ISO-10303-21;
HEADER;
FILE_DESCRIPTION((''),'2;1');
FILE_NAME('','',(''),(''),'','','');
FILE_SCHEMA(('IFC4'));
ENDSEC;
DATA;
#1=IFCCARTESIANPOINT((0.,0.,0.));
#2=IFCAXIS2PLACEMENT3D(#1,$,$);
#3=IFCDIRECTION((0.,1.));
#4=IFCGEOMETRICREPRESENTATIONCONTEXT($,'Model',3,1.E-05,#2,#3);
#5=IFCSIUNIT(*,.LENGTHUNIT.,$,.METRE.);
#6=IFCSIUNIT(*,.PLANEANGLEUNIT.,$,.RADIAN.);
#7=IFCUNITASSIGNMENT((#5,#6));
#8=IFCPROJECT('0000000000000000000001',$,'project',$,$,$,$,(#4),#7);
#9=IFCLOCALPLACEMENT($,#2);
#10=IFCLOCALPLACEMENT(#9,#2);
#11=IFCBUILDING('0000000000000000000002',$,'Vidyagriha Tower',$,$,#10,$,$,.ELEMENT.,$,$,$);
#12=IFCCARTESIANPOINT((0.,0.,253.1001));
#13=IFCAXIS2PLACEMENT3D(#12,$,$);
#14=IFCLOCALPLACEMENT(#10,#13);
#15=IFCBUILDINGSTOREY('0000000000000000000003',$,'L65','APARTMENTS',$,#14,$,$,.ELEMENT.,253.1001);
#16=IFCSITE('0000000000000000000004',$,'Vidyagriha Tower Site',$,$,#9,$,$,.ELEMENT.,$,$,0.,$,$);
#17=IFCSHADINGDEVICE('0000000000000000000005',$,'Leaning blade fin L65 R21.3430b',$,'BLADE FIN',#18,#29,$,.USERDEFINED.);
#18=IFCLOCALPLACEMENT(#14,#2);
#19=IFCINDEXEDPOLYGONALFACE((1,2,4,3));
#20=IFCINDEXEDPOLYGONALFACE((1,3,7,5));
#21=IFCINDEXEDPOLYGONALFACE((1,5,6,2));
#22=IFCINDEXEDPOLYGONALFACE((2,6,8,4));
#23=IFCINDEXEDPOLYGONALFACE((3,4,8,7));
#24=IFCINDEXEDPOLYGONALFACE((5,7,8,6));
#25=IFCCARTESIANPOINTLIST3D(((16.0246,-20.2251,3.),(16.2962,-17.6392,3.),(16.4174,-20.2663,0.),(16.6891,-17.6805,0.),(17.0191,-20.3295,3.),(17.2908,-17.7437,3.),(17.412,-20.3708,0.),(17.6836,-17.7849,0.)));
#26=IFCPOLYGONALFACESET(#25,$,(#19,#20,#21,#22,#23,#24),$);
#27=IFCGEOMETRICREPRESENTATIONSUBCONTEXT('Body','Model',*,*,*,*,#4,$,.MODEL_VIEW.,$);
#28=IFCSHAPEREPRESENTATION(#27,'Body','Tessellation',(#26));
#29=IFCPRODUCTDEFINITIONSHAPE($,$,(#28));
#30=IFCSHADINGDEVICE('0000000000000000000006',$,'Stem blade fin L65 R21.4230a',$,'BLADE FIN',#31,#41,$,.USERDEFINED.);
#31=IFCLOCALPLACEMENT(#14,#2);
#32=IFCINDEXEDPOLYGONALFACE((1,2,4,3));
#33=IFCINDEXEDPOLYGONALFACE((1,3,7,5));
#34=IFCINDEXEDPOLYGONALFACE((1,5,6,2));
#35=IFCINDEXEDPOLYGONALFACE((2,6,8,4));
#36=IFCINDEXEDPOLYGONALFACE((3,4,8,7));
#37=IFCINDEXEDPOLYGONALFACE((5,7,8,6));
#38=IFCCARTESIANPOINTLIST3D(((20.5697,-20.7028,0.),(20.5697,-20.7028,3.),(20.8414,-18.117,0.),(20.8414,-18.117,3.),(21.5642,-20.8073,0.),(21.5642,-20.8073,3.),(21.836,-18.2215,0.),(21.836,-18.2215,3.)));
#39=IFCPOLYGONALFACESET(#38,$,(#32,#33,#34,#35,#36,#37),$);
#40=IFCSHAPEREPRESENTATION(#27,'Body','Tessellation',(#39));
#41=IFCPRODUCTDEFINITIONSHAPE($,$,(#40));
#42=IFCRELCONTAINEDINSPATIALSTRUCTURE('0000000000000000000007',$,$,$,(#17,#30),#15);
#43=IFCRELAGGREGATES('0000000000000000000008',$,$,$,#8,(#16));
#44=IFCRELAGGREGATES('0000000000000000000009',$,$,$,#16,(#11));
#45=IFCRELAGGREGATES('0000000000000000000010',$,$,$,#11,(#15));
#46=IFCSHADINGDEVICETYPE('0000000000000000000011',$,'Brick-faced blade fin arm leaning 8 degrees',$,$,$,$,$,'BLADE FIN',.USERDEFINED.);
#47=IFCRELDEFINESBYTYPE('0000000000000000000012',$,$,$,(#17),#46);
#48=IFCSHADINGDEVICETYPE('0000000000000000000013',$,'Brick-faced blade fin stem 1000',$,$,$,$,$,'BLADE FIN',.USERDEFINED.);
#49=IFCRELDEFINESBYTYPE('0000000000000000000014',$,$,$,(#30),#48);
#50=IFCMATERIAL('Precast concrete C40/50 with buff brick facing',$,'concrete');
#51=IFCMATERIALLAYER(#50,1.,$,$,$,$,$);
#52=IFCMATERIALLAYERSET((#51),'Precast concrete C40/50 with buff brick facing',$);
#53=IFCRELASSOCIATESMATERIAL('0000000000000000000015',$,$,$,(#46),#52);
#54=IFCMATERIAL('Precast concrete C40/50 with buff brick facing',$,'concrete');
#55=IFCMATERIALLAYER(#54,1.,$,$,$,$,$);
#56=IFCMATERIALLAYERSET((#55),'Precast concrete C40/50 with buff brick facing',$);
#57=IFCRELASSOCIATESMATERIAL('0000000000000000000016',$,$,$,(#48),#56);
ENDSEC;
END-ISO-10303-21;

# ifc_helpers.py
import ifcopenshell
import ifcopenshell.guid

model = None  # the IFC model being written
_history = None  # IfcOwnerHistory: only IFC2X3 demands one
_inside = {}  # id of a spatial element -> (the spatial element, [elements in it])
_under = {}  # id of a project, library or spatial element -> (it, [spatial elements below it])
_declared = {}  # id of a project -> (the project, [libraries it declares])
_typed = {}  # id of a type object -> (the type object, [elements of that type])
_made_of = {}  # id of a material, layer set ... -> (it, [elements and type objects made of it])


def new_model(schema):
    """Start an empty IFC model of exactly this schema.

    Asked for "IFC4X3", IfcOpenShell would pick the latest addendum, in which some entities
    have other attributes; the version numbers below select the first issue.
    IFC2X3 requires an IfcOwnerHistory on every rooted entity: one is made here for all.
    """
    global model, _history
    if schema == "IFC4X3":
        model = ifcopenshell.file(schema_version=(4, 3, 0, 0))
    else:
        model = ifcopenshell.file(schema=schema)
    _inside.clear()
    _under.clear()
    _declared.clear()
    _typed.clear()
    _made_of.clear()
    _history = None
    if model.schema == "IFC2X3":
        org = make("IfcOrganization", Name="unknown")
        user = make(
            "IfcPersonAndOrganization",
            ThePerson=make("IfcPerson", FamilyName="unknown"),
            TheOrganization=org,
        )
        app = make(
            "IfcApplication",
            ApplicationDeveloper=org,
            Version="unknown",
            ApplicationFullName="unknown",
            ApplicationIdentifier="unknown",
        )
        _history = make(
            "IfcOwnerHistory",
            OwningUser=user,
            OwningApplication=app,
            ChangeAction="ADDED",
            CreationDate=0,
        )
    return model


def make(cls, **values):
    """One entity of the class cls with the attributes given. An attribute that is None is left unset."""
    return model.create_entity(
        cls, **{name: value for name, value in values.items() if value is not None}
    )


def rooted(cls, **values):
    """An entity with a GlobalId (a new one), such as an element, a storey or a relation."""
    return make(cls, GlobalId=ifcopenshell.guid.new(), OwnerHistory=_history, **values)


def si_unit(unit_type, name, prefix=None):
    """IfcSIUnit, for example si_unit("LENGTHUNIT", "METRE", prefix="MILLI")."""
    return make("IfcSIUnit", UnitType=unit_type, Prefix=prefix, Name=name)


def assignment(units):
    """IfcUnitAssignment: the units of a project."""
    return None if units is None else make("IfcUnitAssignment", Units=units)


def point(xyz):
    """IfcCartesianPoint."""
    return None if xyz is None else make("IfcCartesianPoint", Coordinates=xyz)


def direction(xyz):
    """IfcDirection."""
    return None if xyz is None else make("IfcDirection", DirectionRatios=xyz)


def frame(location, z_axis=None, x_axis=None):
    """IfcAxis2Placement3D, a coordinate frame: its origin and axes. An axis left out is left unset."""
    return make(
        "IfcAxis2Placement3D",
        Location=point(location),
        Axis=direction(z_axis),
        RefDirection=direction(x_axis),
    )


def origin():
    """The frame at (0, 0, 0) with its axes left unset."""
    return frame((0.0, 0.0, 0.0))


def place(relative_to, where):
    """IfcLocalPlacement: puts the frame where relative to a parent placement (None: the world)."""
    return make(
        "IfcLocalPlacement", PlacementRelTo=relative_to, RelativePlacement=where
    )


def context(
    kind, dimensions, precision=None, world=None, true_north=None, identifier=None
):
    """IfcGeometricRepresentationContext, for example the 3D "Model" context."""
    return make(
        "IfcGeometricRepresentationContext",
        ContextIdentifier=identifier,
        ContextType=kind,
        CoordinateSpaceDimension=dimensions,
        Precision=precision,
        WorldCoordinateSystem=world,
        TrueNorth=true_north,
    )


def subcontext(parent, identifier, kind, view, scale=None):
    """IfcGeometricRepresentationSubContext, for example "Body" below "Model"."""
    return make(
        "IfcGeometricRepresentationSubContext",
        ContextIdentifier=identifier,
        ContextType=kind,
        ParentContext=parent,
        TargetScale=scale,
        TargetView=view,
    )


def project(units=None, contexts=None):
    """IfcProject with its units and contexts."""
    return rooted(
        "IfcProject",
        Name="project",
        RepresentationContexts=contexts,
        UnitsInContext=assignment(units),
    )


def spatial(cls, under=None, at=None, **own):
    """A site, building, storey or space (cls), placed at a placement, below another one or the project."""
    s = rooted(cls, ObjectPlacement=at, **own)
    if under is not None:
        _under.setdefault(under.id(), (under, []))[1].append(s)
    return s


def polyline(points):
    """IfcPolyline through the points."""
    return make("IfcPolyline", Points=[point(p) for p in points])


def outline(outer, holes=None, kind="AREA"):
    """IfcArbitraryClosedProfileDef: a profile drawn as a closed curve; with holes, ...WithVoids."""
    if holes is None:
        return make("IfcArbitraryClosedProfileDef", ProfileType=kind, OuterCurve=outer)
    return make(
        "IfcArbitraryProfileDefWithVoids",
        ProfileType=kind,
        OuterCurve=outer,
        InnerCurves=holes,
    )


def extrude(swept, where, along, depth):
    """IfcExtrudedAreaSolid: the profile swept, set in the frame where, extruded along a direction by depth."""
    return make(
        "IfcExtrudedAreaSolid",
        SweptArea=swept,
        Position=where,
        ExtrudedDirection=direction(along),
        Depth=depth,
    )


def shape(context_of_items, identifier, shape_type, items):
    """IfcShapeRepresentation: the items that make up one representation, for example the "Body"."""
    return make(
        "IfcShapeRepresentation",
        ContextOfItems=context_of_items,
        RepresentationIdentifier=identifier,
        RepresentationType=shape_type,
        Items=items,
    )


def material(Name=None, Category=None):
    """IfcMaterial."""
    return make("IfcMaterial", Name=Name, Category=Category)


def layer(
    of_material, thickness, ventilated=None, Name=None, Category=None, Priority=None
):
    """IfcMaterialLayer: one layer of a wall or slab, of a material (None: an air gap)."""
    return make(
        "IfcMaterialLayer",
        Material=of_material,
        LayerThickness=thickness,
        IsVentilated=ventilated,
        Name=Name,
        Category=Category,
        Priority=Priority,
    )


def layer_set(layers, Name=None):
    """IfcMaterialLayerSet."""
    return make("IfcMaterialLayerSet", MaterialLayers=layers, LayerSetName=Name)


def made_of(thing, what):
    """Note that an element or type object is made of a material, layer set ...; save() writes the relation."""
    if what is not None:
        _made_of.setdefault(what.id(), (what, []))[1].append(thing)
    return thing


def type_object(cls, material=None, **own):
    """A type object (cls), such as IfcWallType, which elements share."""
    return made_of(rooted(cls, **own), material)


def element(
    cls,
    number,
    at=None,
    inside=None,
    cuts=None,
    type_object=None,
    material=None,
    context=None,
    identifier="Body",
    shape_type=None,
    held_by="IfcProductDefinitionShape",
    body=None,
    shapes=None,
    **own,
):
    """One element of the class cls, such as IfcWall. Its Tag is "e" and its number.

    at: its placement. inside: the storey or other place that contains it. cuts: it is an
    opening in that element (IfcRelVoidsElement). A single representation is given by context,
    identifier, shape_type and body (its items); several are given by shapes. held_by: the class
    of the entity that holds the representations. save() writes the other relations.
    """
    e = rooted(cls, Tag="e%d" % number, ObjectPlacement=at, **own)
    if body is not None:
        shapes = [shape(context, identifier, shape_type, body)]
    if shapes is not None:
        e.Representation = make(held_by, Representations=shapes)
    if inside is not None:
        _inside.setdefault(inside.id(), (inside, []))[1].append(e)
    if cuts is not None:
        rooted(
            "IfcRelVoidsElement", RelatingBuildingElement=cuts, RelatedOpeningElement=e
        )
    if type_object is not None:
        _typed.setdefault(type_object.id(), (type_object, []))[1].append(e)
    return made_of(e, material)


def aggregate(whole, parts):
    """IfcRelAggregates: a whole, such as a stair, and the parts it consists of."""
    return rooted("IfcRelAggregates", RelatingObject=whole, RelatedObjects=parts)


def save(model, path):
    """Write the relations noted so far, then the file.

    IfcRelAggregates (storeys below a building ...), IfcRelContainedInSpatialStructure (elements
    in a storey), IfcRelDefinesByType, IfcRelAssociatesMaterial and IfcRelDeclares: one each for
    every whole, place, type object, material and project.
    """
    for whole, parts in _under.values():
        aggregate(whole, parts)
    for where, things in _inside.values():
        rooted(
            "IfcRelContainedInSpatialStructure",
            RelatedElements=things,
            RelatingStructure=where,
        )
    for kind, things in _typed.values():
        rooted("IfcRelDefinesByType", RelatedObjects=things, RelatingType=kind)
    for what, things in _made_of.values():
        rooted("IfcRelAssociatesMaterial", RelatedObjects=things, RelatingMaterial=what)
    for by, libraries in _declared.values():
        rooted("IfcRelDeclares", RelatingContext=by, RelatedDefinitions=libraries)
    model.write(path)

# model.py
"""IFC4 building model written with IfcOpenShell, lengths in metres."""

from ifc_helpers import new_model, si_unit, direction, frame, origin, place, context, subcontext, project, spatial, polyline, outline, extrude, material, layer, layer_set, type_object, element, save


model = new_model("IFC4")

# Units and contexts
model_context = context("Model", 3, precision=1e-05, world=origin(), true_north=direction((0.0, 1.0)))
body_context = subcontext(model_context, "Body", "Model", "MODEL_VIEW")
ifc_project = project(units=[si_unit("LENGTHUNIT", "METRE"), si_unit("PLANEANGLEUNIT", "RADIAN")], contexts=[model_context])

# Site, building, storey
site_placement = place(None, origin())
site = spatial("IfcSite", under=ifc_project, at=site_placement, Name="Vidyagriha Tower Site", CompositionType="ELEMENT", RefElevation=0.0)
building_placement = place(site_placement, origin())
building = spatial("IfcBuilding", under=site, at=building_placement, Name="Vidyagriha Tower", CompositionType="ELEMENT")
storey_placement = place(building_placement, frame((0.0, 0.0, 253.1001)))
storey = spatial("IfcBuildingStorey", under=building, at=storey_placement, Name="L65", Description="APARTMENTS", CompositionType="ELEMENT", Elevation=253.1001)

# Shading devices
ifc_material_1 = material(Name="Precast concrete C40/50 with buff brick facing", Category="concrete")
ifc_layer_1 = layer(ifc_material_1, 1.0)
ifc_layer_set_1 = layer_set([ifc_layer_1], Name="Precast concrete C40/50 with buff brick facing")
shading_device_type_1 = type_object("IfcShadingDeviceType", Name="Brick-faced blade fin arm leaning 8 degrees", ElementType="BLADE FIN", PredefinedType="USERDEFINED", material=ifc_layer_set_1)
shading_device_1_placement = place(storey_placement, frame((16.1604, -18.9321, 0.0), z_axis=(0.0, 0.0, 1.0), x_axis=(0.994527, -0.104475, 0.0)))
element("IfcShadingDevice", 1, at=shading_device_1_placement, inside=storey, type_object=shading_device_type_1, Name="Leaning blade fin L65 R21.3430b", ObjectType="BLADE FIN", PredefinedType="USERDEFINED", context=body_context, shape_type="SweptSolid", body=[
    extrude(outline(polyline([(0.395, 0.0), (1.395, 0.0), (1.0, 3.0), (0.0, 3.0), (0.395, 0.0)])), frame((0.0, 1.3, 0.0), z_axis=(0.0, -1.0, 0.0), x_axis=(1.0, 0.0, 0.0)), (0.0, 0.0, 1.0), 2.6001),
])
ifc_material_2 = material(Name="Precast concrete C40/50 with buff brick facing", Category="concrete")
ifc_layer_2 = layer(ifc_material_2, 1.0)
ifc_layer_set_2 = layer_set([ifc_layer_2], Name="Precast concrete C40/50 with buff brick facing")
shading_device_type_2 = type_object("IfcShadingDeviceType", Name="Brick-faced blade fin stem 1000", ElementType="BLADE FIN", PredefinedType="USERDEFINED", material=ifc_layer_set_2)
shading_device_2_placement = place(storey_placement, frame((20.7056, -19.4099, 0.0), z_axis=(0.0, 0.0, 1.0), x_axis=(0.994524, -0.104507, 0.0)))
element("IfcShadingDevice", 2, at=shading_device_2_placement, inside=storey, type_object=shading_device_type_2, Name="Stem blade fin L65 R21.4230a", ObjectType="BLADE FIN", PredefinedType="USERDEFINED", context=body_context, shape_type="SweptSolid", body=[
    extrude(outline(polyline([(0.0, 0.0), (1.0, 0.0), (1.0, 3.0), (0.0, 3.0), (0.0, 0.0)])), frame((0.0, 1.3, 0.0), z_axis=(0.0, -1.0, 0.0), x_axis=(1.0, 0.0, 0.0)), (0.0, 0.0, 1.0), 2.6001),
])

save(model, "model.ifc")
